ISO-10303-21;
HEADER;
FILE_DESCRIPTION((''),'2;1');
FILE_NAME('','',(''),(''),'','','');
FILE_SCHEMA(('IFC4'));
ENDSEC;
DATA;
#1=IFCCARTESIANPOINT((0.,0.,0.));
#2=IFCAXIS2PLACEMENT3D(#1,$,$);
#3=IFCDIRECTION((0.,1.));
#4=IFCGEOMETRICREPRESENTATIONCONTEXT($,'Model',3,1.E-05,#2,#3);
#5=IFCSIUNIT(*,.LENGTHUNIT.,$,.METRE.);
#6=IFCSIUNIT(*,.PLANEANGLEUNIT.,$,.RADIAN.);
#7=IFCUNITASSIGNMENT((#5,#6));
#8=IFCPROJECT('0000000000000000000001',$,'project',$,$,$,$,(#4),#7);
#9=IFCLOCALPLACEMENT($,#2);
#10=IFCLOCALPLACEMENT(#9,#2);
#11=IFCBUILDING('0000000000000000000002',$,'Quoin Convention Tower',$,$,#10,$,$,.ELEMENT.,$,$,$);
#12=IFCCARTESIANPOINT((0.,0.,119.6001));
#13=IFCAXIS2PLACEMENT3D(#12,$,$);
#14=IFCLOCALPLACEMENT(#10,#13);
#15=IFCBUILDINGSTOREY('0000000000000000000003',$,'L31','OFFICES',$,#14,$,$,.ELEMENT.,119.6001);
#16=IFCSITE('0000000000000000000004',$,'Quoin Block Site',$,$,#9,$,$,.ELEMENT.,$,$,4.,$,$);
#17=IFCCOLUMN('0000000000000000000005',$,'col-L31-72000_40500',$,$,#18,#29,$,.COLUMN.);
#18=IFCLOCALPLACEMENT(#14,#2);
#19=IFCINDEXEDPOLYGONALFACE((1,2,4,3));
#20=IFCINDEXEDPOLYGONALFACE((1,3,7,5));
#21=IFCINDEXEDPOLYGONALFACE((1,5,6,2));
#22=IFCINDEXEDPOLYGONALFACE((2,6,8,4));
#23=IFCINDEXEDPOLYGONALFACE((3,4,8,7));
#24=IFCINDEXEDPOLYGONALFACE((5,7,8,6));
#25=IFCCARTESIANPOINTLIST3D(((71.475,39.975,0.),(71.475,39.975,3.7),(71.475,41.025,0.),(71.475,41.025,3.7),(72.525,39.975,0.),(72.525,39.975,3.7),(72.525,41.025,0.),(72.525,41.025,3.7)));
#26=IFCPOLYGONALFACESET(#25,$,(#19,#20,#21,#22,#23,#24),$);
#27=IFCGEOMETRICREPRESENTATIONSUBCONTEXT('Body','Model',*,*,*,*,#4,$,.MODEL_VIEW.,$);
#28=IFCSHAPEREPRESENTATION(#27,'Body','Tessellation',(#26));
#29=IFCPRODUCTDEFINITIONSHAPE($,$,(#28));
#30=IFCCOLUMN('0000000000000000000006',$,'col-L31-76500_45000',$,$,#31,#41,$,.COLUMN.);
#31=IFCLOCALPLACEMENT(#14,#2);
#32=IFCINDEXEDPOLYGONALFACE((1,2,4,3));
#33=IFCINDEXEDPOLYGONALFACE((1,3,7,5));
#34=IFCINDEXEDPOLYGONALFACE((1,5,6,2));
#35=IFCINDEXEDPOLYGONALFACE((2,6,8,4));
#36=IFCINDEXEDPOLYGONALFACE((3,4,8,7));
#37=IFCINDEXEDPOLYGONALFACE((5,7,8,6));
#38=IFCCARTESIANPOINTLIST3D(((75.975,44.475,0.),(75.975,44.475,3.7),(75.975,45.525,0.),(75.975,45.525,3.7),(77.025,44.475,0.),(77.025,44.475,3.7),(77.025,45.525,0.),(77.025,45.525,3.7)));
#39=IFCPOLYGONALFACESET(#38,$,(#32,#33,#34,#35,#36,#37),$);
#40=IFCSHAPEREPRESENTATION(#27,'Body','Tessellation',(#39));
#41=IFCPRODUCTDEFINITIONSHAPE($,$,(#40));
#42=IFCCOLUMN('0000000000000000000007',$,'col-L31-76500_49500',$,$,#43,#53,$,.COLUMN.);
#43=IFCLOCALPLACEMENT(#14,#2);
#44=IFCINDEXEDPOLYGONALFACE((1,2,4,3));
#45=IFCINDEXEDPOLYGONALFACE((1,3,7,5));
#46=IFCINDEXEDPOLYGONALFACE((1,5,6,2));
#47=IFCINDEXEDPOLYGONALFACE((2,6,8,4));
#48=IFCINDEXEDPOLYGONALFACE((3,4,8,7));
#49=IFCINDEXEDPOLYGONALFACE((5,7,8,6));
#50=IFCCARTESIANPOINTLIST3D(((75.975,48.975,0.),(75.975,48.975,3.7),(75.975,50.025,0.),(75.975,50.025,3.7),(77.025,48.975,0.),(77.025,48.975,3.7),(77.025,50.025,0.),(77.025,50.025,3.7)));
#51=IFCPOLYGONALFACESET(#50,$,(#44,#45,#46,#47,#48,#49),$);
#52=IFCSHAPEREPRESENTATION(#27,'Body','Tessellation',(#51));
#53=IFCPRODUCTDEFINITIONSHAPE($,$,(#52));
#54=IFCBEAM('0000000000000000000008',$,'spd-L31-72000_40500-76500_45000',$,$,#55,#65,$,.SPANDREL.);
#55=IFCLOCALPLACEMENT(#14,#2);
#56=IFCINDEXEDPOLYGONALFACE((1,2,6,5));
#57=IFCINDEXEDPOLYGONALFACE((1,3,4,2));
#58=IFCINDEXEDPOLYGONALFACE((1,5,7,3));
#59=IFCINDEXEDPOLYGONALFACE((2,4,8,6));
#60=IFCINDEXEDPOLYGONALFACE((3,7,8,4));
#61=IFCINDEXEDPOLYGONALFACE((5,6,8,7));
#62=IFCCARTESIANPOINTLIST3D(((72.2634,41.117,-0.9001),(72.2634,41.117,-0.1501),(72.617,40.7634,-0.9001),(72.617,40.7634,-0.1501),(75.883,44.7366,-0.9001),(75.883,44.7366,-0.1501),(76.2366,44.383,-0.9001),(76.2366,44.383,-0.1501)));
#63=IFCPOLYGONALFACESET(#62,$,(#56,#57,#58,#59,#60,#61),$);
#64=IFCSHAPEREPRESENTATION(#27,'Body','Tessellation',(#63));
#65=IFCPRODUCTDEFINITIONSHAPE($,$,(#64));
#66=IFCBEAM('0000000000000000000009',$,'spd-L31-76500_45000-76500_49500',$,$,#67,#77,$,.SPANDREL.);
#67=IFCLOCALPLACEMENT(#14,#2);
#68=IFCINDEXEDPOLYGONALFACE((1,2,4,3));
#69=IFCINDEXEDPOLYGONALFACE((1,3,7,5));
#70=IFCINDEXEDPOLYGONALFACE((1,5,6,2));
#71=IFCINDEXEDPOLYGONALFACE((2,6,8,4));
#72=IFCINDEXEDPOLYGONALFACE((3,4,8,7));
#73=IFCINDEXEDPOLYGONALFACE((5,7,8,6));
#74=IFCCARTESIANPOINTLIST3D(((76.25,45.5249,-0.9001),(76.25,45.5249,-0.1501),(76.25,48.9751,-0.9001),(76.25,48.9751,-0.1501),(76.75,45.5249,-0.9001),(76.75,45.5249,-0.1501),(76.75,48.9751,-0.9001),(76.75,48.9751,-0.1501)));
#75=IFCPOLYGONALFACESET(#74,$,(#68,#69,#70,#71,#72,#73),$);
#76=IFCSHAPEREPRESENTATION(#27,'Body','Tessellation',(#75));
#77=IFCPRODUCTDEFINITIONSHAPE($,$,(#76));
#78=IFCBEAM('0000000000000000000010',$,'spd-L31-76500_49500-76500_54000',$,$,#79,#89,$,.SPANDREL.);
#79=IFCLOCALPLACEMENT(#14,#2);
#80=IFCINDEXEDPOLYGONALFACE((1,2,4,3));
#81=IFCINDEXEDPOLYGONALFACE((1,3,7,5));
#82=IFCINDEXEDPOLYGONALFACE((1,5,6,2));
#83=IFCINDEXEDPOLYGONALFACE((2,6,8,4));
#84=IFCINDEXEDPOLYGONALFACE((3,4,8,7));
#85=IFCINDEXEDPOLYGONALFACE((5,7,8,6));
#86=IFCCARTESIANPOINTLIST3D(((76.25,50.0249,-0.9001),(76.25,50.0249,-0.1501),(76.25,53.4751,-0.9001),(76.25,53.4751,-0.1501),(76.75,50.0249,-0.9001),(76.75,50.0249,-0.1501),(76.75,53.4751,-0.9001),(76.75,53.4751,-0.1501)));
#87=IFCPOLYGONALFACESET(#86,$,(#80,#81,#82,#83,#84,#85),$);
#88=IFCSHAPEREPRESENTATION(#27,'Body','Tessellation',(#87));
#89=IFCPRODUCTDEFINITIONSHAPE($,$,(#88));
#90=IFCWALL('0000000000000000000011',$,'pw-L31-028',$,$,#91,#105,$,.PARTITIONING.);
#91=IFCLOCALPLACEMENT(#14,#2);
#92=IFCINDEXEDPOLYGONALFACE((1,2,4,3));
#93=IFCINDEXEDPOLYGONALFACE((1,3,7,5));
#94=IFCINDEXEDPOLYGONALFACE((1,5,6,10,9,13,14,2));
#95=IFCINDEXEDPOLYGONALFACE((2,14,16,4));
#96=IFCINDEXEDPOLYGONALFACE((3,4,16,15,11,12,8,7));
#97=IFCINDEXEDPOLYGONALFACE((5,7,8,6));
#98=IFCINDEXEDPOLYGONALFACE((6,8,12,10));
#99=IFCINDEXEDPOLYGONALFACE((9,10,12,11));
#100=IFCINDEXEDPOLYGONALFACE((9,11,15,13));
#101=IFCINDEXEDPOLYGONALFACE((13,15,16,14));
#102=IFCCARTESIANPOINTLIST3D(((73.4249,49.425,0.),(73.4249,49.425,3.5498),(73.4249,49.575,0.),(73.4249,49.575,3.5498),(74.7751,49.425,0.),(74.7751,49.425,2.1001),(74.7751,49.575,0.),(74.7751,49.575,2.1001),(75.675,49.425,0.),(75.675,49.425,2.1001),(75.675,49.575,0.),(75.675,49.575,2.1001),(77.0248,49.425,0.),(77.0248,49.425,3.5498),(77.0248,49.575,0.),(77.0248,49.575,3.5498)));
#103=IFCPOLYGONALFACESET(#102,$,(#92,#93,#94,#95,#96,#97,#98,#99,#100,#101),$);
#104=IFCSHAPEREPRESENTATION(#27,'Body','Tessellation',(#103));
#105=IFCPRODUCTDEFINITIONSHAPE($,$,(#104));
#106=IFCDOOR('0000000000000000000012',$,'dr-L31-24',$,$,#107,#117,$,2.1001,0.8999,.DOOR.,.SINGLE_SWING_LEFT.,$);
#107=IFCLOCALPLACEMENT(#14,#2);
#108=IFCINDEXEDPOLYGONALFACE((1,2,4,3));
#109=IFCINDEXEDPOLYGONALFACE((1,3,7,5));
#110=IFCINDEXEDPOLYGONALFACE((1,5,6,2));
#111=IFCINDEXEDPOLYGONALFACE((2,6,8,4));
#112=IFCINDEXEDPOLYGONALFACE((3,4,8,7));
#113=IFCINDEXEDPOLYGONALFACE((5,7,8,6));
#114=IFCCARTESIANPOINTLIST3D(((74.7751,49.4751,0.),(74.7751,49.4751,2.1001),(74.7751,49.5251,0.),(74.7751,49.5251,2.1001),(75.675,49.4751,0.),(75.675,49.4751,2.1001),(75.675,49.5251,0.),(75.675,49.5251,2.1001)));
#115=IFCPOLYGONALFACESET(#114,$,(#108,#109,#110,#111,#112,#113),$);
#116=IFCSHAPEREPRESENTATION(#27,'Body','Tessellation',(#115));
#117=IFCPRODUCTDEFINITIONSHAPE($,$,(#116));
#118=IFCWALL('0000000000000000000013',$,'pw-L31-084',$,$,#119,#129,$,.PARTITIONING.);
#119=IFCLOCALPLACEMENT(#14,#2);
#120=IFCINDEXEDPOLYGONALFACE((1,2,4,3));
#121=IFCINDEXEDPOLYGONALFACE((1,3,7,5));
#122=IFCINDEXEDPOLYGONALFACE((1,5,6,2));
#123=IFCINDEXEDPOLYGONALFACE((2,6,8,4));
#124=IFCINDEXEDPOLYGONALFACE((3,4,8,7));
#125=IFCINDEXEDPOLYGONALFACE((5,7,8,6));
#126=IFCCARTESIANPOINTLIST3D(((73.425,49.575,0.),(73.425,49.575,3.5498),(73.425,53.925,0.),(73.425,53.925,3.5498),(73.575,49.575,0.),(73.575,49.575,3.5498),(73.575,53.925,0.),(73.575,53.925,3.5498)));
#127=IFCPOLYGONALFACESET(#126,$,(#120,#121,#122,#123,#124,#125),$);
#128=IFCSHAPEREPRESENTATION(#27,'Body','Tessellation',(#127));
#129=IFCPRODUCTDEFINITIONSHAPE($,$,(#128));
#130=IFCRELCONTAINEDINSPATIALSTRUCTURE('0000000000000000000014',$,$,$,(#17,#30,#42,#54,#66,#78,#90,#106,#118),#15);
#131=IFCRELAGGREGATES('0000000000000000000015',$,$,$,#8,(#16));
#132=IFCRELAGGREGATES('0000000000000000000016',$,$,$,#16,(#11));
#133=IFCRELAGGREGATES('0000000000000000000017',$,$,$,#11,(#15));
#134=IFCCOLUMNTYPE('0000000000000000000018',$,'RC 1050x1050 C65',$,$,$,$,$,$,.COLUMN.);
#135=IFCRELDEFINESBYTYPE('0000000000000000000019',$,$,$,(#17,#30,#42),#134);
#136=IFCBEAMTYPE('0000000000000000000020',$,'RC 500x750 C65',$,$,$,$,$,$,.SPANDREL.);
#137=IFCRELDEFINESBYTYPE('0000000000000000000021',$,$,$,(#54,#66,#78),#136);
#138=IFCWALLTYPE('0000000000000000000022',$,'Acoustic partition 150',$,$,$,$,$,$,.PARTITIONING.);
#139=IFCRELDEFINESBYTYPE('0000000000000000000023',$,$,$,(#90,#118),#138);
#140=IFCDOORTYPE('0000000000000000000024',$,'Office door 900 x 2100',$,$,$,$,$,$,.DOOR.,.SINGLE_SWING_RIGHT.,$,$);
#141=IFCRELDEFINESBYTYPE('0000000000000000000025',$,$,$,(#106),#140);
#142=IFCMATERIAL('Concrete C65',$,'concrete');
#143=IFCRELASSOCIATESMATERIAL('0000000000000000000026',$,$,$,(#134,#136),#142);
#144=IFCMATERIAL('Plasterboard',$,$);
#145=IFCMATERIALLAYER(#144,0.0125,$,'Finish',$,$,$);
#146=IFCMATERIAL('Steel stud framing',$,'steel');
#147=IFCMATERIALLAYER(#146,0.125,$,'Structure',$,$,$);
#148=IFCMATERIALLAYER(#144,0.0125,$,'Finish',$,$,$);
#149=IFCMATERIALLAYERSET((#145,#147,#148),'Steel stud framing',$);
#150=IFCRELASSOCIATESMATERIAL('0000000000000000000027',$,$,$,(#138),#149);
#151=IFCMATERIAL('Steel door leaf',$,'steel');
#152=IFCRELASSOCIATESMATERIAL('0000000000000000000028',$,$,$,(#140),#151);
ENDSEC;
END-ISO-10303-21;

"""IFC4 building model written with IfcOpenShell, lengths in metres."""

from ifc_helpers import new_model, si_unit, direction, frame, frame_2d, origin, origin_2d, place, context, subcontext, project, spatial, rectangle, extrude, material, layer, layer_set, material_profile, profile_set, type_object, element, fill, save


model = new_model("IFC4")

# Units and contexts
model_context = context("Model", 3, precision=1e-05, world=origin(), true_north=direction((0.0, 1.0)))
body_context = subcontext(model_context, "Body", "Model", "MODEL_VIEW")
ifc_project = project(units=[si_unit("LENGTHUNIT", "METRE"), si_unit("PLANEANGLEUNIT", "RADIAN")], contexts=[model_context])

# Site, building, storey
site_placement = place(None, origin())
site = spatial("IfcSite", under=ifc_project, at=site_placement, Name="Quoin Block Site", CompositionType="ELEMENT", RefElevation=4.0)
building_placement = place(site_placement, origin())
building = spatial("IfcBuilding", under=site, at=building_placement, Name="Quoin Convention Tower", CompositionType="ELEMENT")
storey_placement = place(building_placement, frame((0.0, 0.0, 119.6001)))
storey = spatial("IfcBuildingStorey", under=building, at=storey_placement, Name="L31", Description="OFFICES", CompositionType="ELEMENT", Elevation=119.6001)

# Columns
ifc_material_1 = material(Name="Concrete C65", Category="concrete")
ifc_material_profile_1 = material_profile(ifc_material_1, rectangle(XDim=1.05, YDim=1.05, at=origin_2d()), Name="RC 1050x1050")
ifc_profile_set_1 = profile_set([ifc_material_profile_1], Name="Concrete C65")
column_type = type_object("IfcColumnType", Name="RC 1050x1050 C65", PredefinedType="COLUMN", material=ifc_profile_set_1)
for number, where, z_axis, x_axis, name in (
    (1, (72.0, 40.5, 0.0), (0.0, 0.0, 1.0), (1.0, 0.0, 0.0), "col-L31-72000_40500"),
    (2, (76.5, 45.0, 0.0), (0.0, 0.0, 1.0), (1.0, 0.0, 0.0), "col-L31-76500_45000"),
    (3, (76.5, 49.5, 0.0), (0.0, 0.0, 1.0), (1.0, 0.0, 0.0), "col-L31-76500_49500"),
):
    element("IfcColumn", number, at=place(storey_placement, frame(where, z_axis=z_axis, x_axis=x_axis)), inside=storey, type_object=column_type, Name=name, PredefinedType="COLUMN", context=body_context, shape_type="SweptSolid", body=[
        extrude(rectangle(XDim=1.05, YDim=1.05, at=origin_2d()), origin(), (0.0, 0.0, 1.0), 3.7),
    ])

# Beams
ifc_material_profile_2 = material_profile(ifc_material_1, rectangle(XDim=0.5, YDim=0.75, at=origin_2d()), Name="RC 500x750")
ifc_profile_set_2 = profile_set([ifc_material_profile_2], Name="Concrete C65")
beam_type = type_object("IfcBeamType", Name="RC 500x750 C65", PredefinedType="SPANDREL", material=ifc_profile_set_2)
beam_placement = place(storey_placement, frame((72.4402, 40.9402, -0.5251), z_axis=(0.707107, 0.707107, 0.0), x_axis=(-0.707107, 0.707107, 0.0)))
element("IfcBeam", 4, at=beam_placement, inside=storey, type_object=beam_type, Name="spd-L31-72000_40500-76500_45000", PredefinedType="SPANDREL", context=body_context, shape_type="SweptSolid", body=[
    extrude(rectangle(XDim=0.5, YDim=0.75, at=origin_2d()), origin(), (0.0, 0.0, 1.0), 5.1189),
])
for number, where, z_axis, x_axis, name in (
    (5, (76.5, 45.5249, -0.5251), (0.0, 1.0, 0.0), (-1.0, 0.0, 0.0), "spd-L31-76500_45000-76500_49500"),
    (6, (76.5, 50.0249, -0.5251), (0.0, 1.0, 0.0), (-1.0, 0.0, 0.0), "spd-L31-76500_49500-76500_54000"),
):
    element("IfcBeam", number, at=place(storey_placement, frame(where, z_axis=z_axis, x_axis=x_axis)), inside=storey, type_object=beam_type, Name=name, PredefinedType="SPANDREL", context=body_context, shape_type="SweptSolid", body=[
        extrude(rectangle(XDim=0.5, YDim=0.75, at=origin_2d()), origin(), (0.0, 0.0, 1.0), 3.4502),
    ])

# Wall, opening, door
ifc_material_2 = material(Name="Plasterboard")
ifc_layer_1 = layer(ifc_material_2, 0.0125, Name="Finish")
ifc_material_3 = material(Name="Steel stud framing", Category="steel")
ifc_layer_2 = layer(ifc_material_3, 0.125, Name="Structure")
ifc_layer_3 = layer(ifc_material_2, 0.0125, Name="Finish")
ifc_layer_set_1 = layer_set([ifc_layer_1, ifc_layer_2, ifc_layer_3], Name="Steel stud framing")
wall_type_1 = type_object("IfcWallType", Name="Acoustic partition 150", PredefinedType="PARTITIONING", material=ifc_layer_set_1)
wall_1_placement = place(storey_placement, frame((73.425, 49.5, 0.0), z_axis=(0.0, 0.0, 1.0), x_axis=(1.0, 0.0, 0.0)))
wall_1 = element("IfcWall", 7, at=wall_1_placement, inside=storey, type_object=wall_type_1, Name="pw-L31-028", PredefinedType="PARTITIONING", context=body_context, shape_type="SweptSolid", body=[
    extrude(rectangle(XDim=3.5999, YDim=0.1499, at=frame_2d((1.7998, 0.0))), origin(), (0.0, 0.0, 1.0), 3.5498),
])
opening_1_placement = place(wall_1_placement, frame((1.3501, 0.0, 0.0)))
opening_1 = element("IfcOpeningElement", 8, at=opening_1_placement, cuts=wall_1, PredefinedType="OPENING", context=body_context, shape_type="SweptSolid", body=[
    extrude(rectangle(XDim=0.8999, YDim=2.1001, at=frame_2d((0.45, 1.05))), frame((0.0, 0.085, 0.0), z_axis=(0.0, -1.0, 0.0), x_axis=(1.0, 0.0, 0.0)), (0.0, 0.0, 1.0), 0.1699),
])
ifc_material_4 = material(Name="Steel door leaf", Category="steel")
door_type_1 = type_object("IfcDoorType", Name="Office door 900 x 2100", OperationType="SINGLE_SWING_RIGHT", PredefinedType="DOOR", material=ifc_material_4)
door_1_placement = place(opening_1_placement, frame((0.8999, 0.0, 0.0), z_axis=(0.0, 0.0, 1.0), x_axis=(-1.0, 0.0, 0.0)))
door_1 = element("IfcDoor", 9, at=door_1_placement, inside=storey, type_object=door_type_1, Name="dr-L31-24", OperationType="SINGLE_SWING_LEFT", OverallHeight=2.1001, OverallWidth=0.8999, PredefinedType="DOOR", context=body_context, shape_type="SweptSolid", body=[
    extrude(rectangle(XDim=0.8999, YDim=2.1001, at=frame_2d((0.45, 1.05))), frame((0.0, 0.0249, 0.0), z_axis=(0.0, -1.0, 0.0), x_axis=(1.0, 0.0, 0.0)), (0.0, 0.0, 1.0), 0.05),
])
fill(opening_1, door_1)

# Wall
wall_2_placement = place(storey_placement, frame((73.5, 49.575, 0.0), z_axis=(0.0, 0.0, 1.0), x_axis=(0.0, 1.0, 0.0)))
element("IfcWall", 10, at=wall_2_placement, inside=storey, type_object=wall_type_1, Name="pw-L31-084", PredefinedType="PARTITIONING", context=body_context, shape_type="SweptSolid", body=[
    extrude(rectangle(XDim=4.3501, YDim=0.1499, at=frame_2d((2.175, 0.0))), origin(), (0.0, 0.0, 1.0), 3.5498),
])

save(model, "model.ifc")
